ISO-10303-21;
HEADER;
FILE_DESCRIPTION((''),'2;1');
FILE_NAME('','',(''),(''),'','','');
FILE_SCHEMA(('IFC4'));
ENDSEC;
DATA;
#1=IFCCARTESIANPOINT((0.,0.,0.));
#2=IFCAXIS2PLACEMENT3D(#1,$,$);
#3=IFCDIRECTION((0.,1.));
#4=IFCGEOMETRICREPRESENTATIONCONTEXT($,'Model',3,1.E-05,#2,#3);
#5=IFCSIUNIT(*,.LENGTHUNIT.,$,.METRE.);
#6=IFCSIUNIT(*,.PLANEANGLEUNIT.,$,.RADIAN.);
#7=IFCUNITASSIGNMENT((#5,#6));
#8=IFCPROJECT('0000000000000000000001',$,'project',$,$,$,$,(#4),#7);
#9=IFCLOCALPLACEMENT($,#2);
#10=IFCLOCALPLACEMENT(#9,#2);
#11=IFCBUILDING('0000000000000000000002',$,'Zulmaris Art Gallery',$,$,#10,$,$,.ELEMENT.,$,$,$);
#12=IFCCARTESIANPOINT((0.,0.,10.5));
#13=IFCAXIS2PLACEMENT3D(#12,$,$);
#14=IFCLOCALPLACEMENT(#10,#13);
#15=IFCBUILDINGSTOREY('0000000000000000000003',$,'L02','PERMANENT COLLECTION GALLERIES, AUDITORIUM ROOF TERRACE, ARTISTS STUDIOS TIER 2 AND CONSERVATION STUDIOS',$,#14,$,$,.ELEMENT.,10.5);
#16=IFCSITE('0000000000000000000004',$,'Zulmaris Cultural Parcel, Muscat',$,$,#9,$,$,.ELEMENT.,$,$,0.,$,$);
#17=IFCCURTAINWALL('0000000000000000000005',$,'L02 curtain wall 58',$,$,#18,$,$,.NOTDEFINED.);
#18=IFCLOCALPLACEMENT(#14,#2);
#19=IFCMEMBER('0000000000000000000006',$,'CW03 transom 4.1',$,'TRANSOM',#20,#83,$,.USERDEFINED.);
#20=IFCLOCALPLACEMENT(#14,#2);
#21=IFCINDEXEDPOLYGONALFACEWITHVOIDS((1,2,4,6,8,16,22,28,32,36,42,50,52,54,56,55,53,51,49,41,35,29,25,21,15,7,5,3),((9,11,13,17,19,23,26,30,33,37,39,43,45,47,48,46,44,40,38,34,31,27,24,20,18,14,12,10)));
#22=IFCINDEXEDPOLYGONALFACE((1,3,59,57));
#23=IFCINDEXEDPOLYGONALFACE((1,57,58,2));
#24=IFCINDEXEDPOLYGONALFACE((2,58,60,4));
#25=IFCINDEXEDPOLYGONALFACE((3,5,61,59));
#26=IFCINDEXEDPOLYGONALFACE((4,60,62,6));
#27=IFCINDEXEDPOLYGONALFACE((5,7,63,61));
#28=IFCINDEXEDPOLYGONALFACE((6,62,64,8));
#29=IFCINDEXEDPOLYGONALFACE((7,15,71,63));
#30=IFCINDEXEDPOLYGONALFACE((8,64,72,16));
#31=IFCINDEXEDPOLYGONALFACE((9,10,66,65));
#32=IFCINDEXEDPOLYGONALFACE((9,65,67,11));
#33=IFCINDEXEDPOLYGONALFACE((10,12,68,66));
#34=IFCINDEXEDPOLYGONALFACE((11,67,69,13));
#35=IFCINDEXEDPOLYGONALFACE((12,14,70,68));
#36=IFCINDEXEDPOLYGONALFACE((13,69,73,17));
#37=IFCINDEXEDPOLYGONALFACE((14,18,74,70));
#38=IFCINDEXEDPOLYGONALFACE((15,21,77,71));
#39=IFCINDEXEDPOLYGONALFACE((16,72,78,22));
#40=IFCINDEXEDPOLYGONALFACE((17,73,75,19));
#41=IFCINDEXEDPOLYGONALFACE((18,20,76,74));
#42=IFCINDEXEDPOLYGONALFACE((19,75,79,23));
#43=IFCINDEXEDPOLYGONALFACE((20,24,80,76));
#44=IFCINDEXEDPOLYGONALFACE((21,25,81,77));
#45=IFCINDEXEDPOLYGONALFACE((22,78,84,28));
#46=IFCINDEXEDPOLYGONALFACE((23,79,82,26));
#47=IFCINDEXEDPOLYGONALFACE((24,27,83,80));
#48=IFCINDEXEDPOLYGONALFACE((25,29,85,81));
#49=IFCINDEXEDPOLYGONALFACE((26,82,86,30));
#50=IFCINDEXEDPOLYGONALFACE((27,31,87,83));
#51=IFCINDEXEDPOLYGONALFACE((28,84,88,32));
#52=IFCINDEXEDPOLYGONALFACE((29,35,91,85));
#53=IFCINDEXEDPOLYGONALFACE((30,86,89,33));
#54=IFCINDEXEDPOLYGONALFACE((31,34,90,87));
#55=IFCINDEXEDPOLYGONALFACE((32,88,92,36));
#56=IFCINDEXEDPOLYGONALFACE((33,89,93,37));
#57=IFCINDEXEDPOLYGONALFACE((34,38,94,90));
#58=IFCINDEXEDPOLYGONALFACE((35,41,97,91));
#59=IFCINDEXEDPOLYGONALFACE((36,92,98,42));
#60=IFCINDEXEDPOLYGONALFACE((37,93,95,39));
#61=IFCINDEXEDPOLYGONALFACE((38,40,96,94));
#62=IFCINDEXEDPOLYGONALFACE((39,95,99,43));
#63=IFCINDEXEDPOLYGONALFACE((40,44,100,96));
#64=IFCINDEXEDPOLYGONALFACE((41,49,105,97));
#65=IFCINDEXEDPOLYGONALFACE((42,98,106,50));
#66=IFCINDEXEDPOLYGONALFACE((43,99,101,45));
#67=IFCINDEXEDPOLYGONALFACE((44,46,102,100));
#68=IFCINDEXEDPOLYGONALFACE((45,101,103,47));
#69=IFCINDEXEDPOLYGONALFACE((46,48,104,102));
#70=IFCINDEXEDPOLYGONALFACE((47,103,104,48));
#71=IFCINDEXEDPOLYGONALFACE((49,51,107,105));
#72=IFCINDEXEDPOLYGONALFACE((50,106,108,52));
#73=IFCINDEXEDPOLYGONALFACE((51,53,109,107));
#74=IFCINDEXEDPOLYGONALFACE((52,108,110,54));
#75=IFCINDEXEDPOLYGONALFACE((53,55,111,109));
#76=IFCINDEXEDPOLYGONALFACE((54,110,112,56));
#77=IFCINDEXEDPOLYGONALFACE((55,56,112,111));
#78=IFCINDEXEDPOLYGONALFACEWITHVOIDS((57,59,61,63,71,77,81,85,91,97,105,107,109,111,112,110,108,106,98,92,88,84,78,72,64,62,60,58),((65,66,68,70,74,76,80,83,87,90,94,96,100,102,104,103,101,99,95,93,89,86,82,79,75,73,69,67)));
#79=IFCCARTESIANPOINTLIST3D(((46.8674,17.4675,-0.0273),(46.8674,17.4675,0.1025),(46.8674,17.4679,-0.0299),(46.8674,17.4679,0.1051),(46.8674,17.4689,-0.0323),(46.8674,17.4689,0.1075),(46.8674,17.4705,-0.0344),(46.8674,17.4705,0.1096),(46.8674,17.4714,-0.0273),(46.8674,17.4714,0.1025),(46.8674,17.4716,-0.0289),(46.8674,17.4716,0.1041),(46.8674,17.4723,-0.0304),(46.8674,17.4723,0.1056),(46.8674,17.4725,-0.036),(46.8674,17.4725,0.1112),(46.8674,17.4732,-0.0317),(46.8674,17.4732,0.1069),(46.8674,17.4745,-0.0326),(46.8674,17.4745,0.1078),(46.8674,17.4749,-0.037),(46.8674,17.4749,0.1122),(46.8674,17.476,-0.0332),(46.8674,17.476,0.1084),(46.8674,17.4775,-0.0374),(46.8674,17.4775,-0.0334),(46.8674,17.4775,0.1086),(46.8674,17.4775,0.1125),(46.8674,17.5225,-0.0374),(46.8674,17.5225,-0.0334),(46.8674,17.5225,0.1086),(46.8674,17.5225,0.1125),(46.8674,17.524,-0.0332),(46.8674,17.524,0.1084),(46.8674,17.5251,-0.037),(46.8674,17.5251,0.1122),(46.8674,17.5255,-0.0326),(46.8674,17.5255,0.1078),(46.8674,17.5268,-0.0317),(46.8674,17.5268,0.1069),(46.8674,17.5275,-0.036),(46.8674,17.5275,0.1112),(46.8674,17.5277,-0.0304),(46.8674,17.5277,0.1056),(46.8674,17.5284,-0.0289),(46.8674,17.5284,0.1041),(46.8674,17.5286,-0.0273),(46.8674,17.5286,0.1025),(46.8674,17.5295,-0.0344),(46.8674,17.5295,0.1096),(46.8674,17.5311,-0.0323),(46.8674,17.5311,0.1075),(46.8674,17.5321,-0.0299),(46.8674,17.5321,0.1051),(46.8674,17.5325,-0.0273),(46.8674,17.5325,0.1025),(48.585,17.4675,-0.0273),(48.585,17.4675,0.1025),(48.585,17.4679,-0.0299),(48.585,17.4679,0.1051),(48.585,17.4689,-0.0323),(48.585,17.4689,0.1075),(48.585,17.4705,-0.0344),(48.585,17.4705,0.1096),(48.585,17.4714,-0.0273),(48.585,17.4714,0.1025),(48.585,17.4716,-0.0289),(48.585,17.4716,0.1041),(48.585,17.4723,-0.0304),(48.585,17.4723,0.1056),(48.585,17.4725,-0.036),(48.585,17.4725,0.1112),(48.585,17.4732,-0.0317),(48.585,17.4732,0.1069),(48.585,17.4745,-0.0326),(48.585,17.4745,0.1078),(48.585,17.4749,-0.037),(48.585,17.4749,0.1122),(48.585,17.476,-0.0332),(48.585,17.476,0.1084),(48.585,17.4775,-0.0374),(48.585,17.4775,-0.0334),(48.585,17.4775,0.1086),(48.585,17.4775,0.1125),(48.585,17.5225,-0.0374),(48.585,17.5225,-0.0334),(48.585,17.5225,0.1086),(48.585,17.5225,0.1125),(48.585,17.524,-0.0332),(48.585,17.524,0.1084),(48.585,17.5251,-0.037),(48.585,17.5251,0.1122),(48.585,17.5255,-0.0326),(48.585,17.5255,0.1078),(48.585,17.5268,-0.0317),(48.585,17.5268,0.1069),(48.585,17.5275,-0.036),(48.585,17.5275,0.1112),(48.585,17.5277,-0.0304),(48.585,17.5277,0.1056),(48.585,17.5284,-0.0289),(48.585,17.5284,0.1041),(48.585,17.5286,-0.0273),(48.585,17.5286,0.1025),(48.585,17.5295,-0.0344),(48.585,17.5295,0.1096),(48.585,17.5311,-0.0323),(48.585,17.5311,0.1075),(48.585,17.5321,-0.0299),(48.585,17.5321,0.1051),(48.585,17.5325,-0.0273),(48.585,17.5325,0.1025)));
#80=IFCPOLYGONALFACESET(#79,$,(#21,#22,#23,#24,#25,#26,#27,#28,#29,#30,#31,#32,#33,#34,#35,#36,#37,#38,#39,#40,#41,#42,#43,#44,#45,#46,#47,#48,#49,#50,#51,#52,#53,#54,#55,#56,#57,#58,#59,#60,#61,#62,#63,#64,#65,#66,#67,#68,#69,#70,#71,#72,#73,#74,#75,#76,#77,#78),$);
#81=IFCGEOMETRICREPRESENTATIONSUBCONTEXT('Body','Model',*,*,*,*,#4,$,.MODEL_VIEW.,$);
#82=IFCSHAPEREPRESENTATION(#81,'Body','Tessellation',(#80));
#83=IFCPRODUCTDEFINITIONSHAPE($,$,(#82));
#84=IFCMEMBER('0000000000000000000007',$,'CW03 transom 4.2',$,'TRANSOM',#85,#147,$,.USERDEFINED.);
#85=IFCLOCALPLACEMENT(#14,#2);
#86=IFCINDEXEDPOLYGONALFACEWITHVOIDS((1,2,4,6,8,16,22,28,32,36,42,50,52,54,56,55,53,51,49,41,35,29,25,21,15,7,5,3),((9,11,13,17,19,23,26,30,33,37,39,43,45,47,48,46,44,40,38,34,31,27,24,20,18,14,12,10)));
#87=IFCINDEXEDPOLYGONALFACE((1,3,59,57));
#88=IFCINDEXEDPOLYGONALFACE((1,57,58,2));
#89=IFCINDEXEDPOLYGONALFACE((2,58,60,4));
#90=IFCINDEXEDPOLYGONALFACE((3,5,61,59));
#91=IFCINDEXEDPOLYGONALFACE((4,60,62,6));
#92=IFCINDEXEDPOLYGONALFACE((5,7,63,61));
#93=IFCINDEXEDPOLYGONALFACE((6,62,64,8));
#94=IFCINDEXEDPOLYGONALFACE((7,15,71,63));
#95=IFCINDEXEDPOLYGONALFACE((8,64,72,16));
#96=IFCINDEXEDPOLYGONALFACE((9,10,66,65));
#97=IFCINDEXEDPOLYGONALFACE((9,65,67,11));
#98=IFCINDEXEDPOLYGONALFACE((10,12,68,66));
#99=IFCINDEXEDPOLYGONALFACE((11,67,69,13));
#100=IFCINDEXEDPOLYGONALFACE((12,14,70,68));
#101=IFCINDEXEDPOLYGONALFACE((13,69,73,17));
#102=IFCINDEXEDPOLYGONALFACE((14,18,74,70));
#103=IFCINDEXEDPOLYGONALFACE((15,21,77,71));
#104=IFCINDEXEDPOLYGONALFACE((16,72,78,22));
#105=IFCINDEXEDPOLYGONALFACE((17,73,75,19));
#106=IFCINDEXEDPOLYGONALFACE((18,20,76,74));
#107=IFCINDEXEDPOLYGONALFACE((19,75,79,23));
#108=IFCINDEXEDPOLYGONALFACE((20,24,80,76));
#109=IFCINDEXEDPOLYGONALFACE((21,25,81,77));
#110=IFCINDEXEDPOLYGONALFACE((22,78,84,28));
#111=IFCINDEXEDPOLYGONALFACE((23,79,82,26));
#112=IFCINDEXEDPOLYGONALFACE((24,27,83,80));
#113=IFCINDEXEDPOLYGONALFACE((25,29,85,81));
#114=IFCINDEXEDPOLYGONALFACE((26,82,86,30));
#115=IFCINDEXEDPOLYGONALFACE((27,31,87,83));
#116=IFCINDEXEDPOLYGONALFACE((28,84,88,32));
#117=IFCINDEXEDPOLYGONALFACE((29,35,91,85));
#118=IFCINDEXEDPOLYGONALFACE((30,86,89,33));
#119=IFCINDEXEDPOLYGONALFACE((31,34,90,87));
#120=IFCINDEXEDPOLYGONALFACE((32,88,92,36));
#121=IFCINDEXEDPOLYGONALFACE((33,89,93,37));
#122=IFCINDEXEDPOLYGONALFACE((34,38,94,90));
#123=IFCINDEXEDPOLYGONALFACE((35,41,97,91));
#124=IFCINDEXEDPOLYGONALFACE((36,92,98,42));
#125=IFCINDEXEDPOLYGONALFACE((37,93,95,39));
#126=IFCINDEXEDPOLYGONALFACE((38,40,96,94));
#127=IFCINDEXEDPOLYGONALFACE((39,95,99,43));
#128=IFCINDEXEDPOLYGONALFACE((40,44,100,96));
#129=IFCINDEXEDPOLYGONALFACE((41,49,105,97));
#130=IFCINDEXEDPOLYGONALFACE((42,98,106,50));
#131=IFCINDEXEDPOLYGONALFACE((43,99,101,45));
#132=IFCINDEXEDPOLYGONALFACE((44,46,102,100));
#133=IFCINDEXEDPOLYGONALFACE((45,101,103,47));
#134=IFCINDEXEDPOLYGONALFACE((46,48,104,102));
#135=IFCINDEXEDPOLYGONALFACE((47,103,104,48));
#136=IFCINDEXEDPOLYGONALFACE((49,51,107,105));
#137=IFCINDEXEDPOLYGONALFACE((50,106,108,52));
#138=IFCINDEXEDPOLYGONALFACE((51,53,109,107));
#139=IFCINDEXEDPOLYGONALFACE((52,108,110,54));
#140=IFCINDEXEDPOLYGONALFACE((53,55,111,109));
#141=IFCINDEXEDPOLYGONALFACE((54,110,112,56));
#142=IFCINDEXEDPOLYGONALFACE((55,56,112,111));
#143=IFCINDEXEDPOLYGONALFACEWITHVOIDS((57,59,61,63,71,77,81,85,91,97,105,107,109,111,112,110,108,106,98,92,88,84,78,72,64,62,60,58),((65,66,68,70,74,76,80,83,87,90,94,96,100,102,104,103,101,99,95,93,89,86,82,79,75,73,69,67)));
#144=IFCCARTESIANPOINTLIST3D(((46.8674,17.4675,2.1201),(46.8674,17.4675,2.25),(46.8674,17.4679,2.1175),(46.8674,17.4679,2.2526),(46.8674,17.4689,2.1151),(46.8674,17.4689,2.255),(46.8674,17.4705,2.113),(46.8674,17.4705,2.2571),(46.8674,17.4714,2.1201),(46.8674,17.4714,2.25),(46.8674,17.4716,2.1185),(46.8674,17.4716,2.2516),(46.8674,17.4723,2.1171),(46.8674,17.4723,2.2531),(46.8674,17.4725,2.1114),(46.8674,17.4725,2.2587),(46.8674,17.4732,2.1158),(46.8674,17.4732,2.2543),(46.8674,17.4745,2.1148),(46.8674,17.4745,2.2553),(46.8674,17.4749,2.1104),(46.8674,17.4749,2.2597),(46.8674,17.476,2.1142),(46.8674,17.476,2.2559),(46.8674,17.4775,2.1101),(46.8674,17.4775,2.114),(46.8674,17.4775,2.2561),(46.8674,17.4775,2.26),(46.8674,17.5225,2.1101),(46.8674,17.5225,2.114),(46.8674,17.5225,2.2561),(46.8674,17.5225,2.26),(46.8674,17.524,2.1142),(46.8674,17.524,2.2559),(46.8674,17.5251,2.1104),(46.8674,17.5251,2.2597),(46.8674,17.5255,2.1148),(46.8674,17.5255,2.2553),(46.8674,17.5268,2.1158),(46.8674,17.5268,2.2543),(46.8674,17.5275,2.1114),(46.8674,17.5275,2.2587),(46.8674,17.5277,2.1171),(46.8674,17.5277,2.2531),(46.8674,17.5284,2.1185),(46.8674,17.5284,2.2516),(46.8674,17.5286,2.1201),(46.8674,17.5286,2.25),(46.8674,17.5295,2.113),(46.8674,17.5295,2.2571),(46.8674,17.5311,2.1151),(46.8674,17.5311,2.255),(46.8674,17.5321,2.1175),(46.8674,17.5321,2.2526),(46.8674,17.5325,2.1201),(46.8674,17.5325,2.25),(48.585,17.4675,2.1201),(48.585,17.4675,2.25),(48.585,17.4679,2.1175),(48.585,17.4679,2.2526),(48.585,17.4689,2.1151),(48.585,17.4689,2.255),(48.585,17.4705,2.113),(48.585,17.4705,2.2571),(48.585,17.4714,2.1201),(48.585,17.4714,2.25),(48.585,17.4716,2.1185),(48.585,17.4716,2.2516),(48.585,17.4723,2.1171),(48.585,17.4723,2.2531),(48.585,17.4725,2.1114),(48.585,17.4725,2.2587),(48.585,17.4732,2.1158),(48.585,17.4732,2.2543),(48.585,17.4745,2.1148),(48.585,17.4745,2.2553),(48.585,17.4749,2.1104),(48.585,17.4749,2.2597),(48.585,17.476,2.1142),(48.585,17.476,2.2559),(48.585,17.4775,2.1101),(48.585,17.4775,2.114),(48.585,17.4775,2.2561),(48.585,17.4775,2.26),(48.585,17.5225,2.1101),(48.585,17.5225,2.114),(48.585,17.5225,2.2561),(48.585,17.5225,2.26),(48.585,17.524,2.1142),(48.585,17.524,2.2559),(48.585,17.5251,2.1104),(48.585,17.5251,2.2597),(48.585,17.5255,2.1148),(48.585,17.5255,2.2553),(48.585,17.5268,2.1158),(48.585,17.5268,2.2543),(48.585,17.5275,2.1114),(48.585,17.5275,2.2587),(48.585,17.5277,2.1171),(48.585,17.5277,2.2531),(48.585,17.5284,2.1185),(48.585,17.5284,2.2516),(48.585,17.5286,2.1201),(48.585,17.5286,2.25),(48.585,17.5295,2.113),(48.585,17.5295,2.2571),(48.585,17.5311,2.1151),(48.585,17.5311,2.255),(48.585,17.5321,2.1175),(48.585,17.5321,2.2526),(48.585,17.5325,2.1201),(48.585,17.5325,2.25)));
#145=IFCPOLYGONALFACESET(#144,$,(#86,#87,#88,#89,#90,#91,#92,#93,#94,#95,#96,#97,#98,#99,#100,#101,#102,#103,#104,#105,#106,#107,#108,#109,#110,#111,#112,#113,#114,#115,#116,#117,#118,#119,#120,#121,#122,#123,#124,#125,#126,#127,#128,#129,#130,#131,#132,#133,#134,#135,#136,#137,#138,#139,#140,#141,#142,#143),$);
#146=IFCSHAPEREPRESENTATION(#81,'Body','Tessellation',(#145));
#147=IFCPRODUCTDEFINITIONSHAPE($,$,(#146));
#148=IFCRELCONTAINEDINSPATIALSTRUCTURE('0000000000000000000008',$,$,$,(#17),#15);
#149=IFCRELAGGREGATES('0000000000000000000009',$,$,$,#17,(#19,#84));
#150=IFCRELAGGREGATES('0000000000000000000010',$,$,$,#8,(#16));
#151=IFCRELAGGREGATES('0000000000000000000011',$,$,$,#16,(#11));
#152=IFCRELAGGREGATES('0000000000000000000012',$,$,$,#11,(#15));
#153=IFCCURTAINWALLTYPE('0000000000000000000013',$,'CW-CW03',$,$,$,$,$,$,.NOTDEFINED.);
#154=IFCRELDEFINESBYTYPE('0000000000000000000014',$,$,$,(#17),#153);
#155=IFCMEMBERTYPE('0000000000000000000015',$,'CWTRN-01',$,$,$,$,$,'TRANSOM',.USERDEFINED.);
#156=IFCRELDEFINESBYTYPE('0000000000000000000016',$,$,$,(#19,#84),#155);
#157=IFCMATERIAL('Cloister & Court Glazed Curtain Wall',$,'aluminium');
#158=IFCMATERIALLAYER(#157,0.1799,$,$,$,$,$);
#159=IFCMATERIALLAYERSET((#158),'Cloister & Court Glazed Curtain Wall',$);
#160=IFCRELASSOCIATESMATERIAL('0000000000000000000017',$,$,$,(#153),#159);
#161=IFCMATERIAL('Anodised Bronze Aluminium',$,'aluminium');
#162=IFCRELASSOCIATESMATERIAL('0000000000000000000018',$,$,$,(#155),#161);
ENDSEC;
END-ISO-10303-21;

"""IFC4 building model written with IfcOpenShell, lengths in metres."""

from ifc_helpers import new_model, si_unit, direction, frame, origin, origin_2d, place, context, subcontext, project, spatial, hollow_rectangle, extrude, material, layer, layer_set, material_profile, profile_set, type_object, element, aggregate, save


model = new_model("IFC4")

# Units and contexts
model_context = context("Model", 3, precision=1e-05, world=origin(), true_north=direction((0.0, 1.0)))
body_context = subcontext(model_context, "Body", "Model", "MODEL_VIEW")
ifc_project = project(units=[si_unit("LENGTHUNIT", "METRE"), si_unit("PLANEANGLEUNIT", "RADIAN")], contexts=[model_context])

# Site, building, storey
site_placement = place(None, origin())
site = spatial("IfcSite", under=ifc_project, at=site_placement, Name="Zulmaris Cultural Parcel, Muscat", CompositionType="ELEMENT", RefElevation=0.0)
building_placement = place(site_placement, origin())
building = spatial("IfcBuilding", under=site, at=building_placement, Name="Zulmaris Art Gallery", CompositionType="ELEMENT")
storey_placement = place(building_placement, frame((0.0, 0.0, 10.5)))
storey = spatial("IfcBuildingStorey", under=building, at=storey_placement, Name="L02", Description="PERMANENT COLLECTION GALLERIES, AUDITORIUM ROOF TERRACE, ARTISTS STUDIOS TIER 2 AND CONSERVATION STUDIOS", CompositionType="ELEMENT", Elevation=10.5)

# Curtain wall, members
ifc_material_1 = material(Name="Cloister & Court Glazed Curtain Wall", Category="aluminium")
ifc_layer_1 = layer(ifc_material_1, 0.1799)
ifc_layer_set_1 = layer_set([ifc_layer_1], Name="Cloister & Court Glazed Curtain Wall")
curtain_wall_type = type_object("IfcCurtainWallType", Name="CW-CW03", PredefinedType="NOTDEFINED", material=ifc_layer_set_1)
curtain_wall_placement = place(storey_placement, origin())
curtain_wall = element("IfcCurtainWall", 1, at=curtain_wall_placement, inside=storey, type_object=curtain_wall_type, Name="L02 curtain wall 58", PredefinedType="NOTDEFINED")
ifc_material_2 = material(Name="Anodised Bronze Aluminium", Category="aluminium")
ifc_material_profile_1 = material_profile(ifc_material_2, hollow_rectangle(XDim=0.0649, YDim=0.1499, WallThickness=0.0039, InnerFilletRadius=0.0061, OuterFilletRadius=0.01, at=origin_2d()), Name="ALU 65x150x4")
ifc_profile_set_1 = profile_set([ifc_material_profile_1], Name="Anodised Bronze Aluminium")
member_type_1 = type_object("IfcMemberType", Name="CWTRN-01", ElementType="TRANSOM", PredefinedType="USERDEFINED", material=ifc_profile_set_1)
member_1_placement = place(storey_placement, frame((46.8674, 17.5, 0.0376), z_axis=(1.0, 0.0, 0.0), x_axis=(0.0, 1.0, 0.0)))
member_1 = element("IfcMember", 2, at=member_1_placement, type_object=member_type_1, Name="CW03 transom 4.1", ObjectType="TRANSOM", PredefinedType="USERDEFINED", context=body_context, shape_type="SweptSolid", body=[
    extrude(hollow_rectangle(XDim=0.0649, YDim=0.1499, WallThickness=0.0039, InnerFilletRadius=0.0061, OuterFilletRadius=0.01, at=origin_2d()), origin(), (0.0, 0.0, 1.0), 1.7175),
])
member_2_placement = place(storey_placement, frame((46.8674, 17.5, 2.1851), z_axis=(1.0, 0.0, 0.0), x_axis=(0.0, 1.0, 0.0)))
member_2 = element("IfcMember", 3, at=member_2_placement, type_object=member_type_1, Name="CW03 transom 4.2", ObjectType="TRANSOM", PredefinedType="USERDEFINED", context=body_context, shape_type="SweptSolid", body=[
    extrude(hollow_rectangle(XDim=0.0649, YDim=0.1499, WallThickness=0.0039, InnerFilletRadius=0.0061, OuterFilletRadius=0.01, at=origin_2d()), origin(), (0.0, 0.0, 1.0), 1.7175),
])
aggregate(curtain_wall, [member_1, member_2])

save(model, "model.ifc")
